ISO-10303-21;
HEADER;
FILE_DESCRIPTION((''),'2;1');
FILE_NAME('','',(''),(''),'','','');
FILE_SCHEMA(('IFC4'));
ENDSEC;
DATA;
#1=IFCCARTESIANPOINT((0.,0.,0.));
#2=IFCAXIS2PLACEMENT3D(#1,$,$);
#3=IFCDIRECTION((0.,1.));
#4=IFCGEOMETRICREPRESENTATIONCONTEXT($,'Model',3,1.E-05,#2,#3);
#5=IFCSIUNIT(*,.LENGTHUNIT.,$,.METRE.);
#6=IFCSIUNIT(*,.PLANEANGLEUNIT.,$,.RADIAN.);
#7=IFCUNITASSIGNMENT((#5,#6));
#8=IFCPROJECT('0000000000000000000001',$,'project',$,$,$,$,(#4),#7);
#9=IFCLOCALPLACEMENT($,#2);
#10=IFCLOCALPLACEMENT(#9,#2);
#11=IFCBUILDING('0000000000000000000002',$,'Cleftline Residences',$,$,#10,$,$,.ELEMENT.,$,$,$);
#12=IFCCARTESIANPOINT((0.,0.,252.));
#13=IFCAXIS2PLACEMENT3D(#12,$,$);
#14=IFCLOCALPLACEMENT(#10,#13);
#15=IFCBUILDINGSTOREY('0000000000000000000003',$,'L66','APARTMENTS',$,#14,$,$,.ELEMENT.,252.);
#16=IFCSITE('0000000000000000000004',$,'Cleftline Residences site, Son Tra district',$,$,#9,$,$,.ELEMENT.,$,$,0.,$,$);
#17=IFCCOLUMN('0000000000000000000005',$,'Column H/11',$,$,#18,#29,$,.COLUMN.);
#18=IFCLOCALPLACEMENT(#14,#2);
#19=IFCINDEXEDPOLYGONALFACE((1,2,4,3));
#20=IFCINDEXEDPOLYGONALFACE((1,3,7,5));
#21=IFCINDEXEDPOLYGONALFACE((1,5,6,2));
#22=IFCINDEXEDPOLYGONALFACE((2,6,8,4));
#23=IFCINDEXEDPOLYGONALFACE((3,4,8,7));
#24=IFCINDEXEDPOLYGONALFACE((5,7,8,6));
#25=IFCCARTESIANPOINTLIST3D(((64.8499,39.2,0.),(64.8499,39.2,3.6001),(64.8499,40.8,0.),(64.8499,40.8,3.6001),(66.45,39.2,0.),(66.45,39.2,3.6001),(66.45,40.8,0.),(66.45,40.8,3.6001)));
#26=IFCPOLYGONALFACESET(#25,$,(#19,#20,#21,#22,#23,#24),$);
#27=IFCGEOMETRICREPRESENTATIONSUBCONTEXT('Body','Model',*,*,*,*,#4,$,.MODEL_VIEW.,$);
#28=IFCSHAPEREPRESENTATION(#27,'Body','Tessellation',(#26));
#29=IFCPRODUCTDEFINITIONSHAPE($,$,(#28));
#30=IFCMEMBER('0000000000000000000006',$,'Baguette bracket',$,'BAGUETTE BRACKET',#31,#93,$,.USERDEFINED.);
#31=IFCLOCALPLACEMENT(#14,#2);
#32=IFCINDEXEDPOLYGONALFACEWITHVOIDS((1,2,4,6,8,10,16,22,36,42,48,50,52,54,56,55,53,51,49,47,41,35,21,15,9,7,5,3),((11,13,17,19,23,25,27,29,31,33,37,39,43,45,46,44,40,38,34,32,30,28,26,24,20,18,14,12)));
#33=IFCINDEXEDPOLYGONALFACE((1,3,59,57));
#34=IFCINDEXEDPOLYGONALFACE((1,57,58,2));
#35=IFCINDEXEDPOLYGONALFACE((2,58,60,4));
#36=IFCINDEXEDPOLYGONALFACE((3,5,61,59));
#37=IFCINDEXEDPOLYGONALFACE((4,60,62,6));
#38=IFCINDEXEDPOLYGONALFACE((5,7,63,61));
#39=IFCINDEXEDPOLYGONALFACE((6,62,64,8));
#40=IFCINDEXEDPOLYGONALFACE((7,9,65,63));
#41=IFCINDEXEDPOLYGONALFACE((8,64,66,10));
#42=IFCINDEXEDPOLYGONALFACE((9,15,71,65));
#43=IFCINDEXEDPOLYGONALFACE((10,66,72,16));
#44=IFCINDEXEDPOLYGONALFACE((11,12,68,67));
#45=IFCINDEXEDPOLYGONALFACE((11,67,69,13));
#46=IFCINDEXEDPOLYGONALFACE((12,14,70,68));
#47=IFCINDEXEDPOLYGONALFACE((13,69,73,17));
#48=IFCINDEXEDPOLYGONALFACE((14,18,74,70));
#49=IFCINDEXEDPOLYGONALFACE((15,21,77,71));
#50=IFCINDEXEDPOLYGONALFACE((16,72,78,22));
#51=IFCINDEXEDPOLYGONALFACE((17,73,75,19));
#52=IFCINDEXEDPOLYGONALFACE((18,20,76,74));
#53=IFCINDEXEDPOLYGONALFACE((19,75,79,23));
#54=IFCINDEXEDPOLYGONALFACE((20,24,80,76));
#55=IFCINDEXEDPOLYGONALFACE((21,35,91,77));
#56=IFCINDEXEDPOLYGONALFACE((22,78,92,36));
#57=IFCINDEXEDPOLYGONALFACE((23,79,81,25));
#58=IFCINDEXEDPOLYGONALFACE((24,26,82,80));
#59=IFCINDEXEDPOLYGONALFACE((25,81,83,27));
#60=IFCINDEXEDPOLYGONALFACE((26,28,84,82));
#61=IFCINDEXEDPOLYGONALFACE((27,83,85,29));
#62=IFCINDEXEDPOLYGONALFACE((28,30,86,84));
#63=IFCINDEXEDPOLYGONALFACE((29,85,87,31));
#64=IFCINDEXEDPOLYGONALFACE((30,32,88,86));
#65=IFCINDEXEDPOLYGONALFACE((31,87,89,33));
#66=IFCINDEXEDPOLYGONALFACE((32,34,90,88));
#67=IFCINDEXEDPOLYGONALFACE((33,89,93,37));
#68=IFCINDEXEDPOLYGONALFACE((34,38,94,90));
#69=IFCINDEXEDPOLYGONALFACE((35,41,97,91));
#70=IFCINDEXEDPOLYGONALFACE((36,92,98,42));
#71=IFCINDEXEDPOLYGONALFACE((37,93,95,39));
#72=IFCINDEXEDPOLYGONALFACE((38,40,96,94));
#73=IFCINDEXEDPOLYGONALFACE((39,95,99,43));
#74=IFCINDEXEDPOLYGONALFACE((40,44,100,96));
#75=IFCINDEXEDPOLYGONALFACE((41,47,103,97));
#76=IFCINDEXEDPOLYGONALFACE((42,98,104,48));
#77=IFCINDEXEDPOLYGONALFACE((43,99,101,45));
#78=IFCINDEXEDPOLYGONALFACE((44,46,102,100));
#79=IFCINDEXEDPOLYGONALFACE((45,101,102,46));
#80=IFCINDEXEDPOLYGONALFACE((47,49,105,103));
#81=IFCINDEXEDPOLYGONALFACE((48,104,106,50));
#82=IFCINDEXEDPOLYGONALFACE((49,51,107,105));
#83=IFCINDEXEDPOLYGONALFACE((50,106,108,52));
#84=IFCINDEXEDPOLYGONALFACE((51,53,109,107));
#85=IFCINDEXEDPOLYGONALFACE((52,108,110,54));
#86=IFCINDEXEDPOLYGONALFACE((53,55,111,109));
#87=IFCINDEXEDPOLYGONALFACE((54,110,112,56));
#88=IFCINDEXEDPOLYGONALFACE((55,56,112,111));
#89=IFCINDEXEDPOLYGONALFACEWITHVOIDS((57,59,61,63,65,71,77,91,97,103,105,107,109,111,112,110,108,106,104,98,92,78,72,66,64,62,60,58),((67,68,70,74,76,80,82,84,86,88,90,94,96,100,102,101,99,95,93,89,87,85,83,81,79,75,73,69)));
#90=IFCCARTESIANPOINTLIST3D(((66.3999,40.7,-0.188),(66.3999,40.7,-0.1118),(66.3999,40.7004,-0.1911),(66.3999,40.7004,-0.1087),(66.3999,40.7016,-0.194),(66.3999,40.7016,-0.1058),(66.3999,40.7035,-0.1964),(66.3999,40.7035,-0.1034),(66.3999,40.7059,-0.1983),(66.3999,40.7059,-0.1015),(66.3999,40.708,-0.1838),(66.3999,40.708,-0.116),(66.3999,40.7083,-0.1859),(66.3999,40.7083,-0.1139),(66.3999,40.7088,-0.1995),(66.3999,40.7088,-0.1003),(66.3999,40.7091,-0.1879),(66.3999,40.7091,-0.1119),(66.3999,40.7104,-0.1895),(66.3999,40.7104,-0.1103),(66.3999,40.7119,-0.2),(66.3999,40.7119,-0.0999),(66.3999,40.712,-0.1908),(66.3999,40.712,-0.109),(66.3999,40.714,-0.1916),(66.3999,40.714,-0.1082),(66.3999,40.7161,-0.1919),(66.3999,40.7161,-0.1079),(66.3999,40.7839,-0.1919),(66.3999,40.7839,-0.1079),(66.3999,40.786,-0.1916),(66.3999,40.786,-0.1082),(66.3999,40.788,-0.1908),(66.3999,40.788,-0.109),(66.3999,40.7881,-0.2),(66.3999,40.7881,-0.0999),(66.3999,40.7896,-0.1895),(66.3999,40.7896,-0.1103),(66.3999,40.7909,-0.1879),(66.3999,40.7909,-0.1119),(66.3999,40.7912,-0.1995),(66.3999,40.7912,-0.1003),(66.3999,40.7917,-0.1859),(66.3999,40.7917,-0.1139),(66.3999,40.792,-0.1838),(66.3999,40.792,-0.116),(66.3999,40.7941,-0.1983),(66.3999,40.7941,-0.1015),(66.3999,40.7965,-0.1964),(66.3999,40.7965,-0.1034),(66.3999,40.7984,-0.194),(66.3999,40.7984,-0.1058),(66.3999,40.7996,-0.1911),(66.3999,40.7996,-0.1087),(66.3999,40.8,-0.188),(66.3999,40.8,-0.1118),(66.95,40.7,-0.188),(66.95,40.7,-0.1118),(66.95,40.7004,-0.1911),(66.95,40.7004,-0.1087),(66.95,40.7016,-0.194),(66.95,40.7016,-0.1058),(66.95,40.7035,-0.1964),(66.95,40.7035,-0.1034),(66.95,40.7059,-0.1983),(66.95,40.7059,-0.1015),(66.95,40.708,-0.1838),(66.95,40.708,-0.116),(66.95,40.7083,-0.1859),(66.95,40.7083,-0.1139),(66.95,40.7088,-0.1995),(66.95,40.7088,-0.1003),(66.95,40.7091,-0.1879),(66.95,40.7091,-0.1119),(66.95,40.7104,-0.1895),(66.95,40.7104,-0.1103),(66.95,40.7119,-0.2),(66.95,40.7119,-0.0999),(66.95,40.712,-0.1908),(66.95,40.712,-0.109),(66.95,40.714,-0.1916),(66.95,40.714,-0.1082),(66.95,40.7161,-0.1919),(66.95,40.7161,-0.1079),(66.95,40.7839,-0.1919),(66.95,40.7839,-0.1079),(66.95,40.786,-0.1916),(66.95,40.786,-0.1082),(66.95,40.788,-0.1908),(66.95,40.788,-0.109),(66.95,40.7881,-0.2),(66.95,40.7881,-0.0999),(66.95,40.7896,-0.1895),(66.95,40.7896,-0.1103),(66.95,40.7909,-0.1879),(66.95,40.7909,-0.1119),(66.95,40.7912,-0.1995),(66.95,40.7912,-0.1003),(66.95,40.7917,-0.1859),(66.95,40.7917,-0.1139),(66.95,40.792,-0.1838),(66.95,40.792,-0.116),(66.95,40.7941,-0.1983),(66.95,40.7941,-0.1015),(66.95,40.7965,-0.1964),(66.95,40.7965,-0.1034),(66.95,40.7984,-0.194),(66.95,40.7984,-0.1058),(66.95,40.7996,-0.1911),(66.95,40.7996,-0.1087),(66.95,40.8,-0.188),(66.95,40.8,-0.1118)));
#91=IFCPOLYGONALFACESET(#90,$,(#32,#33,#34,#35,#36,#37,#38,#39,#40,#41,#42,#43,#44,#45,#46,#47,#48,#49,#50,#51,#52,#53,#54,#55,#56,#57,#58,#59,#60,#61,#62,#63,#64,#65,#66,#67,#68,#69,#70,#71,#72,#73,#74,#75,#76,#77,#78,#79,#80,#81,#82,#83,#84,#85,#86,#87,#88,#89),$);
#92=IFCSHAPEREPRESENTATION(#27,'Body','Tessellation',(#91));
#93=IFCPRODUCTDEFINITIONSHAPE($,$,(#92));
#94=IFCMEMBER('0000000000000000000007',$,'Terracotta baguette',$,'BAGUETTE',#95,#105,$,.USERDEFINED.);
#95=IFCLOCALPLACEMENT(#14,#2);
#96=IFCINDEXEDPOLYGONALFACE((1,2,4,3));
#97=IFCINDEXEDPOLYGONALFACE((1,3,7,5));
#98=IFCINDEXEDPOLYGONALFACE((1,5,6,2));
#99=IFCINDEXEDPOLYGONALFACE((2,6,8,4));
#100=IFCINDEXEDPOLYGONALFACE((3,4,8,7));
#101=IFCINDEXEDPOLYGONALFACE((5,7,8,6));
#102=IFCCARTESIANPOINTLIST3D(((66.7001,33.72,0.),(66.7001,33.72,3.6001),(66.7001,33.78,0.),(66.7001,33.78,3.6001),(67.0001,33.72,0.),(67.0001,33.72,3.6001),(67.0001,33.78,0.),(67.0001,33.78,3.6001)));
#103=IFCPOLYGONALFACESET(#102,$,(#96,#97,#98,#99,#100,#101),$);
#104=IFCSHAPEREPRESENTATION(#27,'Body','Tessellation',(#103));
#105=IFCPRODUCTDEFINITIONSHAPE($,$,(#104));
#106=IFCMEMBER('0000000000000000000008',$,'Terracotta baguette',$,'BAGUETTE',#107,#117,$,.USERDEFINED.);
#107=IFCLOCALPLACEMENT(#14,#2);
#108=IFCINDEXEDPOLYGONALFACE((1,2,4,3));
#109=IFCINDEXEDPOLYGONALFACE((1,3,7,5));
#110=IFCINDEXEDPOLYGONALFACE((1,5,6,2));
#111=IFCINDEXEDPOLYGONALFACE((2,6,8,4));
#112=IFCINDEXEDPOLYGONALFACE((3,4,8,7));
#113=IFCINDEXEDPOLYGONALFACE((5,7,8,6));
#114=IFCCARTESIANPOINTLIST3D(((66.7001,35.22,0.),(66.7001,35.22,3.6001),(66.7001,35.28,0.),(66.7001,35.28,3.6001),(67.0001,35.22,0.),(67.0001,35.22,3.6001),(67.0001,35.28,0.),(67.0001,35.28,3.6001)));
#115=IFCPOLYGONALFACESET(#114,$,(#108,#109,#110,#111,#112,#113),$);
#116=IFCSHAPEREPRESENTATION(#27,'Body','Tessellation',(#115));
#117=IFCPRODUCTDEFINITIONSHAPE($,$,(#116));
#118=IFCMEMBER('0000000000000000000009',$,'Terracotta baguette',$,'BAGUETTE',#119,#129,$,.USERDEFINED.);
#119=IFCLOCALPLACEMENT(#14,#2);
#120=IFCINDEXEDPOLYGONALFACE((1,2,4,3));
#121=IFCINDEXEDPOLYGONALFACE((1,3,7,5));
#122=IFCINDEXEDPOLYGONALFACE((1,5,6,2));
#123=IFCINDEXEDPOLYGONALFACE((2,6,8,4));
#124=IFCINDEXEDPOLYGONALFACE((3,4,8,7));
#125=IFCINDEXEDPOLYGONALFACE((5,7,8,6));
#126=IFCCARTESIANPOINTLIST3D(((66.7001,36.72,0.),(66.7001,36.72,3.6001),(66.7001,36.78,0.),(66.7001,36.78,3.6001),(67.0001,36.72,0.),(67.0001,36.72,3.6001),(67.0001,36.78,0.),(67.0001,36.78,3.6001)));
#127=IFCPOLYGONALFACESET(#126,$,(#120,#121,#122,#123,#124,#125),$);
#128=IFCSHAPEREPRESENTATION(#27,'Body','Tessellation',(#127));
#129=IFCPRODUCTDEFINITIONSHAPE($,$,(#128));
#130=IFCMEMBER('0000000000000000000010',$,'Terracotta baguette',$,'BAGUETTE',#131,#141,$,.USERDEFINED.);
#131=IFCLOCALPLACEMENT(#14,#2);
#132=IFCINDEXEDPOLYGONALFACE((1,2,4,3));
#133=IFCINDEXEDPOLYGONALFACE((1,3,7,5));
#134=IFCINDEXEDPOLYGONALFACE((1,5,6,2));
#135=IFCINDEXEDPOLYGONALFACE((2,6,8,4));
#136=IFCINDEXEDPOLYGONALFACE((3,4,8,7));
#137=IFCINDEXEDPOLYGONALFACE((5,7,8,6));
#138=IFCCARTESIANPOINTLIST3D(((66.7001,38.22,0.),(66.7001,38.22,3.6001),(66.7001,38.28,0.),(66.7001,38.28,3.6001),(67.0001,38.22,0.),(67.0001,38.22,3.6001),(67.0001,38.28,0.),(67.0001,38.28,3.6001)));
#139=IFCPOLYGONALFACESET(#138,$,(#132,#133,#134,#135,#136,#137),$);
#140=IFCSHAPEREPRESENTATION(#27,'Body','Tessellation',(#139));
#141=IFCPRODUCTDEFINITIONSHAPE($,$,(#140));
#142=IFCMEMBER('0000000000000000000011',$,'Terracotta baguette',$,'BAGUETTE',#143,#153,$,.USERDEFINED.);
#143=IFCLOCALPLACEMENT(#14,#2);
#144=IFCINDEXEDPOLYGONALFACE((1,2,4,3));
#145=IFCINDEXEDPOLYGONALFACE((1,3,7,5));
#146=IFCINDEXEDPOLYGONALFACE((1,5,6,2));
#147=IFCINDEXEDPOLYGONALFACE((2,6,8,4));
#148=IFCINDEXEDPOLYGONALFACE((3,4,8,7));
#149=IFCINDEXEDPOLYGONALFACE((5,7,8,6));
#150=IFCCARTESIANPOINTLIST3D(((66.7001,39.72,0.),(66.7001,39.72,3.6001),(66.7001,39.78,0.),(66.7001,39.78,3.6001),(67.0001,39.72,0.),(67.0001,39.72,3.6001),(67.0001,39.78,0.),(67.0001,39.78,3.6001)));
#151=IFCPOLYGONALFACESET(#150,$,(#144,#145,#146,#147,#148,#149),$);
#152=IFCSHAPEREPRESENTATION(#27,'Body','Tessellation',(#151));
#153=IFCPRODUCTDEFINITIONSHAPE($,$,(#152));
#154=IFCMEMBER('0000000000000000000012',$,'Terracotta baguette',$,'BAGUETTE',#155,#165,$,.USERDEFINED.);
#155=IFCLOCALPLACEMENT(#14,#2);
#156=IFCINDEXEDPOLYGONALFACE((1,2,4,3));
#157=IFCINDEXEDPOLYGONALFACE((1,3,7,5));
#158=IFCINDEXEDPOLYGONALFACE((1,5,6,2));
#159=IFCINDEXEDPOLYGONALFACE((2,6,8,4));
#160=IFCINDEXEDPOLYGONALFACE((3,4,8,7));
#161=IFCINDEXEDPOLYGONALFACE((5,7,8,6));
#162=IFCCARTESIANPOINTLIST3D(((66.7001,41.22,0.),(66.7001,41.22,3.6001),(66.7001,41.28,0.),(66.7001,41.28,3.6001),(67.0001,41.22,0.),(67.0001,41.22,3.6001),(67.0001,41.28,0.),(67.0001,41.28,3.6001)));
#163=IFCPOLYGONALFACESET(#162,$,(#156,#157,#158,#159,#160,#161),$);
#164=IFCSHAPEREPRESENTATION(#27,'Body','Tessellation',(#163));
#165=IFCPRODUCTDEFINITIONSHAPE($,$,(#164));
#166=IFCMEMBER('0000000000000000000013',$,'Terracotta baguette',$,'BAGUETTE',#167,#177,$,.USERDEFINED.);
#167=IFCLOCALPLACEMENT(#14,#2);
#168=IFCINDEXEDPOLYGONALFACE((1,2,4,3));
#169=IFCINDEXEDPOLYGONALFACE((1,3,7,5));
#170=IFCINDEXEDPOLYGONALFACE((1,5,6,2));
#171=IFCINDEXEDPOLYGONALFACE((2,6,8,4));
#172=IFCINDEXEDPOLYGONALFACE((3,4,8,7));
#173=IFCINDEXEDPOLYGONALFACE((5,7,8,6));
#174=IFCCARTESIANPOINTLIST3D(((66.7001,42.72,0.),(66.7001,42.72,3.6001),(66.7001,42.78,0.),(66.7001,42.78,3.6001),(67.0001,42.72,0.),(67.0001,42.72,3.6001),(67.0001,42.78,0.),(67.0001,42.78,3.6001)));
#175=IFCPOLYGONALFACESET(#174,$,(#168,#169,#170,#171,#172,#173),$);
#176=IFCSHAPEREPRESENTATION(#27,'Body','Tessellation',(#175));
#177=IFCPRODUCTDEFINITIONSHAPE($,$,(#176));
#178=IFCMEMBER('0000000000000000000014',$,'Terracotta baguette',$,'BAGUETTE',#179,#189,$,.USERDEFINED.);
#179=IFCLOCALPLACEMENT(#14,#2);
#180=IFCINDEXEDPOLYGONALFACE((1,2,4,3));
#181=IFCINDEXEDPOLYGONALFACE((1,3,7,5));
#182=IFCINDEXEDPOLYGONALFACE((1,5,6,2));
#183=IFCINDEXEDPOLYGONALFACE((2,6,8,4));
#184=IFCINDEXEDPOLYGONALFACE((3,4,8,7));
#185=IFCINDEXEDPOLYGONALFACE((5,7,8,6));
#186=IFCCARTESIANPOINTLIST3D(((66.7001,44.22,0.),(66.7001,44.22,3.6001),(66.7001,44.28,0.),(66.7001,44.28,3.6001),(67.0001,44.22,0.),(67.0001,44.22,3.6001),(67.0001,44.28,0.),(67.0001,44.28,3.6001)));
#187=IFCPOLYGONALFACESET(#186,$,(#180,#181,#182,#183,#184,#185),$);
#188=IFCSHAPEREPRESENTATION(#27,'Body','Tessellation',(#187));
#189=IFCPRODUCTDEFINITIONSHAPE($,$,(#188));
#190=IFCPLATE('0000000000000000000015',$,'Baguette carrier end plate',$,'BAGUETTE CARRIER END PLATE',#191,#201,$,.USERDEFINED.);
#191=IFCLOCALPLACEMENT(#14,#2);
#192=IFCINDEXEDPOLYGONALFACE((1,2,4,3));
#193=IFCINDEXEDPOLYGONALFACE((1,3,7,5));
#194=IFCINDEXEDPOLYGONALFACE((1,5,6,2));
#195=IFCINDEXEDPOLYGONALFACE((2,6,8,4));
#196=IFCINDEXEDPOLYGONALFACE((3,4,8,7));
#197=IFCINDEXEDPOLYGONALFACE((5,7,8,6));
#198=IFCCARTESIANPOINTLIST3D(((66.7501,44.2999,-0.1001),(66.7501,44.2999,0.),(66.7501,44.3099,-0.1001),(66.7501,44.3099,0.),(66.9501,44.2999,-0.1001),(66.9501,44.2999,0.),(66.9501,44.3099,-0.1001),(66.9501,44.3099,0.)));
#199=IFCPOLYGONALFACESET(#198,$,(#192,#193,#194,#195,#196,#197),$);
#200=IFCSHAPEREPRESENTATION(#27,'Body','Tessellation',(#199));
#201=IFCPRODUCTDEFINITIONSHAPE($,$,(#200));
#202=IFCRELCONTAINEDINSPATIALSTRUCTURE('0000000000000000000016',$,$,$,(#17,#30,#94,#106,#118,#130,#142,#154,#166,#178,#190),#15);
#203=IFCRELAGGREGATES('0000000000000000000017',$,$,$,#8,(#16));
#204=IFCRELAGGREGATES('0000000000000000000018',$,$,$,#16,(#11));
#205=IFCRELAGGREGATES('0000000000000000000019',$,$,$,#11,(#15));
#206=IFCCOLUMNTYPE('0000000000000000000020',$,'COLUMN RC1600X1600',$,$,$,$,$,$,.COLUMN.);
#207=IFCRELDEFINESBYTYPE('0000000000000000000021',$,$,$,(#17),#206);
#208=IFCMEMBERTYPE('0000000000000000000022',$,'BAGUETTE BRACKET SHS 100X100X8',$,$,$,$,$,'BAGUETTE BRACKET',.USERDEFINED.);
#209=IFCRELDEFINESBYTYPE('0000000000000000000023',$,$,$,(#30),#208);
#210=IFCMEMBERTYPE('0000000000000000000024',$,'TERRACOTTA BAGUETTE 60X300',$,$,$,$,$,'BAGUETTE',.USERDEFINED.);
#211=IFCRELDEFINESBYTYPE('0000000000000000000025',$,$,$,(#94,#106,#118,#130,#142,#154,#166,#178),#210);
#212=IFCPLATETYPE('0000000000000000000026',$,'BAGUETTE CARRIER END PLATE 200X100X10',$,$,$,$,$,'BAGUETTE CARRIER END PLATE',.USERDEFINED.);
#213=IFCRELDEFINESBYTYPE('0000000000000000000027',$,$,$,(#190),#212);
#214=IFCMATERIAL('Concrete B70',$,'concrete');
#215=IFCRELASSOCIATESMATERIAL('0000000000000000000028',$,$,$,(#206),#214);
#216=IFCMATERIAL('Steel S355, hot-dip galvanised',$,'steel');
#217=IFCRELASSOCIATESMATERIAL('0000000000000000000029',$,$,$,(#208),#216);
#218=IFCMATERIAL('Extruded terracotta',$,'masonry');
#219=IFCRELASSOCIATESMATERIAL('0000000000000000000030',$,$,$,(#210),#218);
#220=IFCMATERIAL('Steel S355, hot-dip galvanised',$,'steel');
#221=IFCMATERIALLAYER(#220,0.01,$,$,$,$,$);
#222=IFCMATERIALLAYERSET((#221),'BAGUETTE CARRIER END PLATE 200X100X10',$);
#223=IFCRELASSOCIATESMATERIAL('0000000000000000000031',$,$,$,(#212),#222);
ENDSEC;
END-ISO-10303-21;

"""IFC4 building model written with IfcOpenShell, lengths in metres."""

from ifc_helpers import new_model, si_unit, direction, frame, origin, origin_2d, place, context, subcontext, project, spatial, rectangle, hollow_rectangle, extrude, material, layer, layer_set, material_profile, profile_set, type_object, element, save


model = new_model("IFC4")

# Units and contexts
model_context = context("Model", 3, precision=1e-05, world=origin(), true_north=direction((0.0, 1.0)))
body_context = subcontext(model_context, "Body", "Model", "MODEL_VIEW")
ifc_project = project(units=[si_unit("LENGTHUNIT", "METRE"), si_unit("PLANEANGLEUNIT", "RADIAN")], contexts=[model_context])

# Site, building, storey
site_placement = place(None, origin())
site = spatial("IfcSite", under=ifc_project, at=site_placement, Name="Cleftline Residences site, Son Tra district", CompositionType="ELEMENT", RefElevation=0.0)
building_placement = place(site_placement, origin())
building = spatial("IfcBuilding", under=site, at=building_placement, Name="Cleftline Residences", CompositionType="ELEMENT")
storey_placement = place(building_placement, frame((0.0, 0.0, 252.0)))
storey = spatial("IfcBuildingStorey", under=building, at=storey_placement, Name="L66", Description="APARTMENTS", CompositionType="ELEMENT", Elevation=252.0)

# Column
ifc_material_1 = material(Name="Concrete B70", Category="concrete")
ifc_material_profile_1 = material_profile(ifc_material_1, rectangle(XDim=1.6001, YDim=1.6001, at=origin_2d()))
ifc_profile_set_1 = profile_set([ifc_material_profile_1], Name="Concrete B70")
column_type = type_object("IfcColumnType", Name="COLUMN RC1600X1600", PredefinedType="COLUMN", material=ifc_profile_set_1)
column_placement = place(storey_placement, frame((65.6499, 40.0, 0.0), z_axis=(0.0, 0.0, 1.0), x_axis=(1.0, 0.0, 0.0)))
element("IfcColumn", 1, at=column_placement, inside=storey, type_object=column_type, Name="Column H/11", PredefinedType="COLUMN", context=body_context, shape_type="SweptSolid", body=[
    extrude(rectangle(XDim=1.6001, YDim=1.6001, at=origin_2d()), origin(), (0.0, 0.0, 1.0), 3.6001),
])

# Members
ifc_material_2 = material(Name="Steel S355, hot-dip galvanised", Category="steel")
ifc_material_profile_2 = material_profile(ifc_material_2, hollow_rectangle(XDim=0.1001, YDim=0.1001, WallThickness=0.0081, InnerFilletRadius=0.0081, OuterFilletRadius=0.012, at=origin_2d()))
ifc_profile_set_2 = profile_set([ifc_material_profile_2], Name="Steel S355, hot-dip galvanised")
member_type_1 = type_object("IfcMemberType", Name="BAGUETTE BRACKET SHS 100X100X8", ElementType="BAGUETTE BRACKET", PredefinedType="USERDEFINED", material=ifc_profile_set_2)
member_placement = place(storey_placement, frame((66.3999, 40.75, -0.1499), z_axis=(1.0, 0.0, 0.0), x_axis=(0.0, 1.0, 0.0)))
element("IfcMember", 2, at=member_placement, inside=storey, type_object=member_type_1, Name="Baguette bracket", ObjectType="BAGUETTE BRACKET", PredefinedType="USERDEFINED", context=body_context, shape_type="SweptSolid", body=[
    extrude(hollow_rectangle(XDim=0.1001, YDim=0.1001, WallThickness=0.0081, InnerFilletRadius=0.0081, OuterFilletRadius=0.012, at=origin_2d()), origin(), (0.0, 0.0, 1.0), 0.55),
])
ifc_material_3 = material(Name="Extruded terracotta", Category="masonry")
ifc_material_profile_3 = material_profile(ifc_material_3, rectangle(XDim=0.0601, YDim=0.3, at=origin_2d()))
ifc_profile_set_3 = profile_set([ifc_material_profile_3], Name="Extruded terracotta")
member_type_2 = type_object("IfcMemberType", Name="TERRACOTTA BAGUETTE 60X300", ElementType="BAGUETTE", PredefinedType="USERDEFINED", material=ifc_profile_set_3)
for number, where, z_axis, x_axis, name in (
    (3, (66.8501, 33.75, 0.0), (0.0, 0.0, 1.0), (0.0, 1.0, 0.0), "Terracotta baguette"),
    (4, (66.8501, 35.25, 0.0), (0.0, 0.0, 1.0), (0.0, 1.0, 0.0), "Terracotta baguette"),
    (5, (66.8501, 36.75, 0.0), (0.0, 0.0, 1.0), (0.0, 1.0, 0.0), "Terracotta baguette"),
    (6, (66.8501, 38.25, 0.0), (0.0, 0.0, 1.0), (0.0, 1.0, 0.0), "Terracotta baguette"),
    (7, (66.8501, 39.75, 0.0), (0.0, 0.0, 1.0), (0.0, 1.0, 0.0), "Terracotta baguette"),
    (8, (66.8501, 41.25, 0.0), (0.0, 0.0, 1.0), (0.0, 1.0, 0.0), "Terracotta baguette"),
    (9, (66.8501, 42.75, 0.0), (0.0, 0.0, 1.0), (0.0, 1.0, 0.0), "Terracotta baguette"),
    (10, (66.8501, 44.25, 0.0), (0.0, 0.0, 1.0), (0.0, 1.0, 0.0), "Terracotta baguette"),
):
    element("IfcMember", number, at=place(storey_placement, frame(where, z_axis=z_axis, x_axis=x_axis)), inside=storey, type_object=member_type_2, Name=name, ObjectType="BAGUETTE", PredefinedType="USERDEFINED", context=body_context, shape_type="SweptSolid", body=[
        extrude(rectangle(XDim=0.0601, YDim=0.3, at=origin_2d()), origin(), (0.0, 0.0, 1.0), 3.6001),
    ])

# Plate
ifc_material_4 = material(Name="Steel S355, hot-dip galvanised", Category="steel")
ifc_layer_1 = layer(ifc_material_4, 0.01)
ifc_layer_set_1 = layer_set([ifc_layer_1], Name="BAGUETTE CARRIER END PLATE 200X100X10")
plate_type = type_object("IfcPlateType", Name="BAGUETTE CARRIER END PLATE 200X100X10", ElementType="BAGUETTE CARRIER END PLATE", PredefinedType="USERDEFINED", material=ifc_layer_set_1)
plate_placement = place(storey_placement, frame((66.8501, 44.3049, -0.1001), z_axis=(0.0, 0.0, 1.0), x_axis=(1.0, 0.0, 0.0)))
element("IfcPlate", 11, at=plate_placement, inside=storey, type_object=plate_type, Name="Baguette carrier end plate", ObjectType="BAGUETTE CARRIER END PLATE", PredefinedType="USERDEFINED", context=body_context, shape_type="SweptSolid", body=[
    extrude(rectangle(XDim=0.2, YDim=0.01, at=origin_2d()), origin(), (0.0, 0.0, 1.0), 0.1001),
])

save(model, "model.ifc")
